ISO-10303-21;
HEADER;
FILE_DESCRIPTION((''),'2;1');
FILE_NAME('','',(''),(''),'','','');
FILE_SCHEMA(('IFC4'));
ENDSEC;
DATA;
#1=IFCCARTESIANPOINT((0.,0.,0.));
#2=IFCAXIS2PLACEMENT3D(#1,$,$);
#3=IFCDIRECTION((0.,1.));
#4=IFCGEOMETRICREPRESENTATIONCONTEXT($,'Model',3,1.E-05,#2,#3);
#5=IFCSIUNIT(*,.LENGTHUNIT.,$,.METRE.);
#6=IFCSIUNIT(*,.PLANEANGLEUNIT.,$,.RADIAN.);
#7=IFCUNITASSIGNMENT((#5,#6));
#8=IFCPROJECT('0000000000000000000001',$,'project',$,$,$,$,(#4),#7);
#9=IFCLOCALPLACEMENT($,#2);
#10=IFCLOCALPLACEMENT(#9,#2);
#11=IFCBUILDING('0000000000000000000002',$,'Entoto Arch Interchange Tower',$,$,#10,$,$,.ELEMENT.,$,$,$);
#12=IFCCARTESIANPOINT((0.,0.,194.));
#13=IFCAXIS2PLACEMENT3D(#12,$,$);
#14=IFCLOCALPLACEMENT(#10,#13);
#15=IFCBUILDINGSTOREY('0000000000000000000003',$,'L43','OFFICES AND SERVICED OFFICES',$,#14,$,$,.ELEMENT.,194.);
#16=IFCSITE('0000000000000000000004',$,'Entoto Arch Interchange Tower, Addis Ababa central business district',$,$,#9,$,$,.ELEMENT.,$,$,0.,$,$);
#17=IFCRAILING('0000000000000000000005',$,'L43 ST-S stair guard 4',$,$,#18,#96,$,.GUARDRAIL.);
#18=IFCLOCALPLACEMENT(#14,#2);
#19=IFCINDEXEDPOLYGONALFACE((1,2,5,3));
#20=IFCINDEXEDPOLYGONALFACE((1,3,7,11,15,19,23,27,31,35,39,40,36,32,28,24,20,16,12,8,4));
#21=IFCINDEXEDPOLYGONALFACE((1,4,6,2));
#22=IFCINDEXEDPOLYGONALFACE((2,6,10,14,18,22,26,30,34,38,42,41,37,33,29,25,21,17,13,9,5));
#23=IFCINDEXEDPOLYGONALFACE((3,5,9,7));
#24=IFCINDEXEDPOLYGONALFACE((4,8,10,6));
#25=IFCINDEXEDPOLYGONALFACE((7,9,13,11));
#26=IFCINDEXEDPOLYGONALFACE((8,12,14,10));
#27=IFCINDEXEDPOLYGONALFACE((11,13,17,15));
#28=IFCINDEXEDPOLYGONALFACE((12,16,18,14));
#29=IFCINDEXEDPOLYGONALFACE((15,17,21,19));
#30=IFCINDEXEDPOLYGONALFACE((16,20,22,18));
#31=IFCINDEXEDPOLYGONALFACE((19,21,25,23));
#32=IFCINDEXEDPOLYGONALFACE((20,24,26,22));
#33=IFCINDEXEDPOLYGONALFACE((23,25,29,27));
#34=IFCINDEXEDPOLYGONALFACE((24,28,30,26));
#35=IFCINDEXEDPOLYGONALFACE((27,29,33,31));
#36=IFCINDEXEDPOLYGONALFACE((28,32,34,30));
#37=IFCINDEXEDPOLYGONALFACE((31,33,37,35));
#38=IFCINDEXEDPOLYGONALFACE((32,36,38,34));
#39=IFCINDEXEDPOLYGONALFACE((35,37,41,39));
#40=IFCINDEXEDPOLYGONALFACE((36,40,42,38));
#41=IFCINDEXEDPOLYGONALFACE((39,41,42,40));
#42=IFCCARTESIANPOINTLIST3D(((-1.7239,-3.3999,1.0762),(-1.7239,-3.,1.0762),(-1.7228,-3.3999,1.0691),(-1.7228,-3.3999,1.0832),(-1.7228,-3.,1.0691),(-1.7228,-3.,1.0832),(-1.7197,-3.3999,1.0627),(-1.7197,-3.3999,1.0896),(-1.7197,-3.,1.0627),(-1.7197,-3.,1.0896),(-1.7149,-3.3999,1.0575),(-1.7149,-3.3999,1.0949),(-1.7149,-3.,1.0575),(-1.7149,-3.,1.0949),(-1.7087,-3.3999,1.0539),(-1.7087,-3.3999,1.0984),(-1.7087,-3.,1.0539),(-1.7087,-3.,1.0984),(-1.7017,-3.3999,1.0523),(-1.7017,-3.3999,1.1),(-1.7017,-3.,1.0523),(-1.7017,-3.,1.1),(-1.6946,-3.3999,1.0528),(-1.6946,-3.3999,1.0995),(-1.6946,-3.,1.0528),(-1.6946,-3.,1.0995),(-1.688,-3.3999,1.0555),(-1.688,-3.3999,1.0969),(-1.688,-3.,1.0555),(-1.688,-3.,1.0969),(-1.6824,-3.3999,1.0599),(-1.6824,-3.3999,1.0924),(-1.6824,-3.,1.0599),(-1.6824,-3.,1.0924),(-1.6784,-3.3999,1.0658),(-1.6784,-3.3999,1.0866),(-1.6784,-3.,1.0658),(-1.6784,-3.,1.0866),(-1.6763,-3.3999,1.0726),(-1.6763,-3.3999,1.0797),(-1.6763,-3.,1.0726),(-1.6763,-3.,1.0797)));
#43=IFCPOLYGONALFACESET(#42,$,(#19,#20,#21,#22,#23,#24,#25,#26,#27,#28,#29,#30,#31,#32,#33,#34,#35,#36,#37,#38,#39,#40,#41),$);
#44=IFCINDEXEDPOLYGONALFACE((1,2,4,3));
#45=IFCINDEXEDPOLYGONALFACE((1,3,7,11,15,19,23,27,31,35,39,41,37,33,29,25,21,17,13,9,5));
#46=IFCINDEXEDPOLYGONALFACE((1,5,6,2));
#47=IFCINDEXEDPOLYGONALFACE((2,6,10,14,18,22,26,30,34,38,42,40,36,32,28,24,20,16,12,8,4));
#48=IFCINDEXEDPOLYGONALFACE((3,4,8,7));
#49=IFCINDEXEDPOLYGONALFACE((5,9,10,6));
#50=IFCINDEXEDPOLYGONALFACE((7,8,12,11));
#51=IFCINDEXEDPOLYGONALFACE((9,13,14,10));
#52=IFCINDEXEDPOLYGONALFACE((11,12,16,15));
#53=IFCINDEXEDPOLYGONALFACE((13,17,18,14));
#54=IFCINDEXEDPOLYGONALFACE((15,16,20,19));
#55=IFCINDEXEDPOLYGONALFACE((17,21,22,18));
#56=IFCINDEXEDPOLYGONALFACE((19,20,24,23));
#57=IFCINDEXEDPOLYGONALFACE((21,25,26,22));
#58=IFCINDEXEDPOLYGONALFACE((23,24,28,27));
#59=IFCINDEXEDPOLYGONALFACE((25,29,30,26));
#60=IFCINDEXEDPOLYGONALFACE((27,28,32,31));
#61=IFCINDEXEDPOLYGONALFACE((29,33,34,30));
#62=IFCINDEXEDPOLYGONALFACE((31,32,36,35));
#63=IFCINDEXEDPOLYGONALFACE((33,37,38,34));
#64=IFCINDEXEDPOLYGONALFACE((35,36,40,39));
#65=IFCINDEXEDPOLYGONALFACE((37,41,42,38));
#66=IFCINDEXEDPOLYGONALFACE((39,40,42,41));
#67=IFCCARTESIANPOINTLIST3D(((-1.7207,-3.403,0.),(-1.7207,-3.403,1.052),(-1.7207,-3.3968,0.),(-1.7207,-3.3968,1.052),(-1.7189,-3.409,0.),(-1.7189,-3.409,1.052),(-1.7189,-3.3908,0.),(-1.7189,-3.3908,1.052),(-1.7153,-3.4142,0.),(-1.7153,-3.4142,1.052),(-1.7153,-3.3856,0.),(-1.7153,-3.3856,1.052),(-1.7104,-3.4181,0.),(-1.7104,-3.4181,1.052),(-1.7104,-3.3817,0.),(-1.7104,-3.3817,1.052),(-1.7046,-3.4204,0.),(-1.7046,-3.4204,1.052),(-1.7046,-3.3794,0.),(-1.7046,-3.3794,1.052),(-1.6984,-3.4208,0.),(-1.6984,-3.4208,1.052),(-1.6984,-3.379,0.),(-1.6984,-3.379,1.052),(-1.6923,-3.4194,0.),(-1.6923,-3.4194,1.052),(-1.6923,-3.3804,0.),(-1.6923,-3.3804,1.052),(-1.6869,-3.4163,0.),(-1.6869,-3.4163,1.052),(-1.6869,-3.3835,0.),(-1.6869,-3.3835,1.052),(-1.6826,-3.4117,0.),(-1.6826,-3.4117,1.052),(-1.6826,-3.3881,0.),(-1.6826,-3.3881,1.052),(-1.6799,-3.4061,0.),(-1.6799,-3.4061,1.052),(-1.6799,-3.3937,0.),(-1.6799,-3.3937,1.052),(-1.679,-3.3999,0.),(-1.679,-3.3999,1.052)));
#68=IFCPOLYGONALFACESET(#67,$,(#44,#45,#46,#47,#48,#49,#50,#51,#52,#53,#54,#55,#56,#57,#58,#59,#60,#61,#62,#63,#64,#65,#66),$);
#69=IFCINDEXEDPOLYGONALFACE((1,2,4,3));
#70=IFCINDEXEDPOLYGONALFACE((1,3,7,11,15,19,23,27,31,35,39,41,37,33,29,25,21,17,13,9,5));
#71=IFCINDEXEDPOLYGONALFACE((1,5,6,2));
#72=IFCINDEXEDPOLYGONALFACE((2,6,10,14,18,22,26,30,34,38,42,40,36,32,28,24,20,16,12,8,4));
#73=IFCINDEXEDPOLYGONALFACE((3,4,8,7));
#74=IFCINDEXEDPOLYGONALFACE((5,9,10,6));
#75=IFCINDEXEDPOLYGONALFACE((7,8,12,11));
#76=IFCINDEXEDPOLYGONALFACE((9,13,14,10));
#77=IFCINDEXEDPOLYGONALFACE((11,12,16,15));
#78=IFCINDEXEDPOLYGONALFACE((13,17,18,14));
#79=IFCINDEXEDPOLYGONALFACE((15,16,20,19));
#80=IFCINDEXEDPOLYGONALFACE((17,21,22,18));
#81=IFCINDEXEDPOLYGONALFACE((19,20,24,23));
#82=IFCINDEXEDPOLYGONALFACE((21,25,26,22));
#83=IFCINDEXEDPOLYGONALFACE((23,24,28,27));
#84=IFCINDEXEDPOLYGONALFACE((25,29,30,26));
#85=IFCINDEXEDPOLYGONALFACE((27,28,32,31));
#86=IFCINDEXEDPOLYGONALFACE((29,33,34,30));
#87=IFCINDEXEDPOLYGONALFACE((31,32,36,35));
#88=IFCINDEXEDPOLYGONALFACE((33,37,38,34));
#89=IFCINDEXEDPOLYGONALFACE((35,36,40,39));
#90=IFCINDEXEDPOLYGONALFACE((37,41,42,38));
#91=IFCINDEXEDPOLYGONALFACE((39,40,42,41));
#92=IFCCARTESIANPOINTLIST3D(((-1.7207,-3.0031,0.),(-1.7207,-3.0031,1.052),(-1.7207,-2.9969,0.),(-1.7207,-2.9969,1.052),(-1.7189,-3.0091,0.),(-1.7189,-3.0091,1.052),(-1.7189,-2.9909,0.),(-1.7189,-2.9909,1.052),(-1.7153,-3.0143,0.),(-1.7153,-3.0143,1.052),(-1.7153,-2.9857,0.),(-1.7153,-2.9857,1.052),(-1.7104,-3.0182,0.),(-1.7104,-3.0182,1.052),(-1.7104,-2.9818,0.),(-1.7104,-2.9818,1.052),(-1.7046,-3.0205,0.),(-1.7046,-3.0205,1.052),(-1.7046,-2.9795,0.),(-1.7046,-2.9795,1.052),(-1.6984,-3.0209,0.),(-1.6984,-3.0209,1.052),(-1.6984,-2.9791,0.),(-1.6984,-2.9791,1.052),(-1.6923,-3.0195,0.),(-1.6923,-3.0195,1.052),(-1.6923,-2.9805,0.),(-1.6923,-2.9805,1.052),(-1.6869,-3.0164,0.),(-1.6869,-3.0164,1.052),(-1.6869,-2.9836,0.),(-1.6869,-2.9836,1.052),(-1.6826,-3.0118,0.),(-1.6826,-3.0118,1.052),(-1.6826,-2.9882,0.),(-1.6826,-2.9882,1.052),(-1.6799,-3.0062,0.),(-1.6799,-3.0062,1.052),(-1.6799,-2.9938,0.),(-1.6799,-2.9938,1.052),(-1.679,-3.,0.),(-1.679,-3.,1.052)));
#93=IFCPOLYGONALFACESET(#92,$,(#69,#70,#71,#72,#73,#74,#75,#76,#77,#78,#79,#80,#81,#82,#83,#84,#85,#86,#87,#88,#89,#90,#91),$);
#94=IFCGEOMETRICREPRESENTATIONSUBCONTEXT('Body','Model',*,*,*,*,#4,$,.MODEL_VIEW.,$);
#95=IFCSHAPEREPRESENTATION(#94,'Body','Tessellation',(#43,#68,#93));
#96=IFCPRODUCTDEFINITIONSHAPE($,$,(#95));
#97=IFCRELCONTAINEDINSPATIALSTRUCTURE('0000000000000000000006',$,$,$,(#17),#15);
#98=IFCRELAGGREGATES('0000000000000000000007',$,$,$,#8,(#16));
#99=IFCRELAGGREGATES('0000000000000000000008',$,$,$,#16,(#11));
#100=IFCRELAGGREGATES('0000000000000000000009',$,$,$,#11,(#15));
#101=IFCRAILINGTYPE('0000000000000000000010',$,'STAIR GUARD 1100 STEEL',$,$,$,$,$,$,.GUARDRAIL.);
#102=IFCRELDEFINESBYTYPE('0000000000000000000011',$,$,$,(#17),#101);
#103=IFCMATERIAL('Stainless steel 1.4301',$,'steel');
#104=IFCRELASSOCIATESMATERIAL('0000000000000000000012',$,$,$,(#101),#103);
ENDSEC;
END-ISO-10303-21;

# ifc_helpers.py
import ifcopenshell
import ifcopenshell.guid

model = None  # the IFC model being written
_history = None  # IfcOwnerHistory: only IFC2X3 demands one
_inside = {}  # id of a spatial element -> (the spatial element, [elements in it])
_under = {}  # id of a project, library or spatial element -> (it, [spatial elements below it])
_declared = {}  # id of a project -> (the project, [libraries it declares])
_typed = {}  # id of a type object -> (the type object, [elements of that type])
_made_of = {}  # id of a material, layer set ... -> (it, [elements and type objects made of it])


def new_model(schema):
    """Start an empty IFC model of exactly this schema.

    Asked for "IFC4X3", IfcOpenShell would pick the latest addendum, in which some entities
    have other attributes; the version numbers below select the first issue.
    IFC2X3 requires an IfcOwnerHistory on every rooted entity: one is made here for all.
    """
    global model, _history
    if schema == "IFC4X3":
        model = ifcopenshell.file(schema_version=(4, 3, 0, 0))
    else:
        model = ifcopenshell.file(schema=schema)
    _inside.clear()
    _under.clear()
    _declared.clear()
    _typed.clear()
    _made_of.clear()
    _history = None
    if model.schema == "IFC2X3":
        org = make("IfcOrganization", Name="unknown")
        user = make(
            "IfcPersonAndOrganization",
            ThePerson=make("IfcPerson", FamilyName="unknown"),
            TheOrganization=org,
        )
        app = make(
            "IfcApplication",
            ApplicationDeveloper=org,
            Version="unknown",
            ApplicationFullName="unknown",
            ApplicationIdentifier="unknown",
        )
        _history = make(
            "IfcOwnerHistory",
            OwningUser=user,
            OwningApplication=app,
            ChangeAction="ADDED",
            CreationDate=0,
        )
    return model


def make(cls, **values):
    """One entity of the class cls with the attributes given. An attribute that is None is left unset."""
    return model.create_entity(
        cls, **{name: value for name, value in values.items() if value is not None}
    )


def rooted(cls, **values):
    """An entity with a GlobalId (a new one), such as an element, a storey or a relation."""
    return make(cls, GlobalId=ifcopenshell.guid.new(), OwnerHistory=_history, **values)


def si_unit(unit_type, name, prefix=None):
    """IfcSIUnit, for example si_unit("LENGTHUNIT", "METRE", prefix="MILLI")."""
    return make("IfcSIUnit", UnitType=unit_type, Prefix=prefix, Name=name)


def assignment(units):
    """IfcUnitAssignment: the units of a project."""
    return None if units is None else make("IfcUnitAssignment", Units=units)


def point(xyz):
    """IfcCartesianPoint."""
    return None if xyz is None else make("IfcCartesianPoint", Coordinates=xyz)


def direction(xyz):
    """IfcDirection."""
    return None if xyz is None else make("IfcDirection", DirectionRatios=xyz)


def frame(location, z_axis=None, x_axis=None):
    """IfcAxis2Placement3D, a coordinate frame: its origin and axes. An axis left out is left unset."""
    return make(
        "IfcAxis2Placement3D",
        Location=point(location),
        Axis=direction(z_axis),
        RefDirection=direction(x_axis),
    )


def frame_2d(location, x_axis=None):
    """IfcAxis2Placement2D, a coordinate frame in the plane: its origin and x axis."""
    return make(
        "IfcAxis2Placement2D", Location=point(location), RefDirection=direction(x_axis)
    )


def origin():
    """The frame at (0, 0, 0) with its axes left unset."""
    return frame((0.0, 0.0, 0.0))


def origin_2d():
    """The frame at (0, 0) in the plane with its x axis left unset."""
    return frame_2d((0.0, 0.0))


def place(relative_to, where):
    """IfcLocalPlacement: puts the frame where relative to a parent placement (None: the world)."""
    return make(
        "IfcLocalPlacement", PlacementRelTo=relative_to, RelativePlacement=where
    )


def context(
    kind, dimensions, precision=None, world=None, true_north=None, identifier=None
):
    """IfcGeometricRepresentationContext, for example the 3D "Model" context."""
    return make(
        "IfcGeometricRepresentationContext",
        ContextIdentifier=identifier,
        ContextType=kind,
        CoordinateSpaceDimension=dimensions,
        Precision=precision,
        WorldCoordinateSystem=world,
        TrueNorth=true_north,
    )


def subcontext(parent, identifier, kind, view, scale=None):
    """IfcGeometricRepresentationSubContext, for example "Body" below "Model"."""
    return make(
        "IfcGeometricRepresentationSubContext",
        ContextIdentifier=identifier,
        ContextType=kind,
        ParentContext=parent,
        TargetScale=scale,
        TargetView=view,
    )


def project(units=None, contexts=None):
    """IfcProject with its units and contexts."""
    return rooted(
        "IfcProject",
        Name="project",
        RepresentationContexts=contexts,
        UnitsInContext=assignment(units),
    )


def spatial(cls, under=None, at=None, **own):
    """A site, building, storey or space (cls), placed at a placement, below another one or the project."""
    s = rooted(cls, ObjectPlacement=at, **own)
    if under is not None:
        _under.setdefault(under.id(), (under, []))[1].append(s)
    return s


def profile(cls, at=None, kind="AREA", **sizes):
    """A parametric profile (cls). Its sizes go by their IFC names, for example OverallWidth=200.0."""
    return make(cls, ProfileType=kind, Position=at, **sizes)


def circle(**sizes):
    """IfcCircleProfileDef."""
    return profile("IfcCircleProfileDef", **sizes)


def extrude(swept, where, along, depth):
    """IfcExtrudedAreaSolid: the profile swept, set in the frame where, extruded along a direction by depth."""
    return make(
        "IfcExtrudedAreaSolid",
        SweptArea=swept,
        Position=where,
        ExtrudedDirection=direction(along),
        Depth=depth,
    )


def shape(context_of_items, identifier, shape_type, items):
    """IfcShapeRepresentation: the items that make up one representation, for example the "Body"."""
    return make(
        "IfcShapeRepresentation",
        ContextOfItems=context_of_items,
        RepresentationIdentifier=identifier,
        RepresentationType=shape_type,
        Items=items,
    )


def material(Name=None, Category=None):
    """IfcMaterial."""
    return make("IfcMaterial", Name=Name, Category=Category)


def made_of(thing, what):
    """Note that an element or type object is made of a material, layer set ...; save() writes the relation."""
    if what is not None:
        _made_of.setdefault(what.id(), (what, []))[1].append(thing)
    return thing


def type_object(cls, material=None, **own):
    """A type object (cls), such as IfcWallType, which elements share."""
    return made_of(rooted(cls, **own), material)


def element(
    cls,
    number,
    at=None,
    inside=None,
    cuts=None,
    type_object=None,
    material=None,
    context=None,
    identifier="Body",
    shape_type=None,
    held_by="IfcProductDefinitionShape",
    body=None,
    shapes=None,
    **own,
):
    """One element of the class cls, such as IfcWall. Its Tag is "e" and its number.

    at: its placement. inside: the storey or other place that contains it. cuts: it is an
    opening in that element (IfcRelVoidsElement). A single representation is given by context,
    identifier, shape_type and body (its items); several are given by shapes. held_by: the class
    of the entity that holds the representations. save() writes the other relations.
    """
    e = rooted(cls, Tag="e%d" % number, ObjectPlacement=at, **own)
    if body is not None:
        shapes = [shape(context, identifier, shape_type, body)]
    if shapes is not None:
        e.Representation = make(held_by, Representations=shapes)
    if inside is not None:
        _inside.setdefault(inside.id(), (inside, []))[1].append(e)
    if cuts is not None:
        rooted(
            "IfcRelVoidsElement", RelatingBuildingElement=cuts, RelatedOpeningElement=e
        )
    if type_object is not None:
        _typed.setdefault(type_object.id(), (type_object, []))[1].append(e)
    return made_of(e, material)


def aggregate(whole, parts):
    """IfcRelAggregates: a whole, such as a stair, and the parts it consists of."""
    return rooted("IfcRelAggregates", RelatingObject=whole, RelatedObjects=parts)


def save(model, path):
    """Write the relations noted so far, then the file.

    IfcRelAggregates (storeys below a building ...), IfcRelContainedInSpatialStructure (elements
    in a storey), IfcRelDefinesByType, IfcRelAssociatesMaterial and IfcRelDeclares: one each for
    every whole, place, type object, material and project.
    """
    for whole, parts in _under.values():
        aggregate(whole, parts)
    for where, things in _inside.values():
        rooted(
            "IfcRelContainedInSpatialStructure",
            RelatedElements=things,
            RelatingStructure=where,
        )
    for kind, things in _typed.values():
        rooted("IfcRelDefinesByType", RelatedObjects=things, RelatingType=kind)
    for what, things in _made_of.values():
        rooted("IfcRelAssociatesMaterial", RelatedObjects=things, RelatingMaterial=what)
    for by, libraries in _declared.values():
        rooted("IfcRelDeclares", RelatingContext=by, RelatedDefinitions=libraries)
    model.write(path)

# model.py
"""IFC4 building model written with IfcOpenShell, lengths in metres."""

from ifc_helpers import new_model, si_unit, direction, frame, origin, origin_2d, place, context, subcontext, project, spatial, circle, extrude, material, type_object, element, save


model = new_model("IFC4")

# Units and contexts
model_context = context("Model", 3, precision=1e-05, world=origin(), true_north=direction((0.0, 1.0)))
body_context = subcontext(model_context, "Body", "Model", "MODEL_VIEW")
ifc_project = project(units=[si_unit("LENGTHUNIT", "METRE"), si_unit("PLANEANGLEUNIT", "RADIAN")], contexts=[model_context])

# Site, building, storey
site_placement = place(None, origin())
site = spatial("IfcSite", under=ifc_project, at=site_placement, Name="Entoto Arch Interchange Tower, Addis Ababa central business district", CompositionType="ELEMENT", RefElevation=0.0)
building_placement = place(site_placement, origin())
building = spatial("IfcBuilding", under=site, at=building_placement, Name="Entoto Arch Interchange Tower", CompositionType="ELEMENT")
storey_placement = place(building_placement, frame((0.0, 0.0, 194.0)))
storey = spatial("IfcBuildingStorey", under=building, at=storey_placement, Name="L43", Description="OFFICES AND SERVICED OFFICES", CompositionType="ELEMENT", Elevation=194.0)

# Railing
ifc_material_1 = material(Name="Stainless steel 1.4301", Category="steel")
railing_type_1 = type_object("IfcRailingType", Name="STAIR GUARD 1100 STEEL", PredefinedType="GUARDRAIL", material=ifc_material_1)
railing_1_placement = place(storey_placement, frame((-1.7, -3.3999, 0.0)))
element("IfcRailing", 1, at=railing_1_placement, inside=storey, type_object=railing_type_1, Name="L43 ST-S stair guard 4", PredefinedType="GUARDRAIL", context=body_context, shape_type="SweptSolid", body=[
    extrude(circle(Radius=0.0239, at=origin_2d()), frame((0.0, 0.0, 1.0762), z_axis=(0.0, 1.0, 0.0), x_axis=(-1.0, 0.0, 0.0)), (0.0, 0.0, 1.0), 0.3999),
    extrude(circle(Radius=0.021, at=origin_2d()), origin(), (0.0, 0.0, 1.0), 1.052),
    extrude(circle(Radius=0.021, at=origin_2d()), frame((0.0, 0.3999, 0.0)), (0.0, 0.0, 1.0), 1.052),
])

save(model, "model.ifc")
